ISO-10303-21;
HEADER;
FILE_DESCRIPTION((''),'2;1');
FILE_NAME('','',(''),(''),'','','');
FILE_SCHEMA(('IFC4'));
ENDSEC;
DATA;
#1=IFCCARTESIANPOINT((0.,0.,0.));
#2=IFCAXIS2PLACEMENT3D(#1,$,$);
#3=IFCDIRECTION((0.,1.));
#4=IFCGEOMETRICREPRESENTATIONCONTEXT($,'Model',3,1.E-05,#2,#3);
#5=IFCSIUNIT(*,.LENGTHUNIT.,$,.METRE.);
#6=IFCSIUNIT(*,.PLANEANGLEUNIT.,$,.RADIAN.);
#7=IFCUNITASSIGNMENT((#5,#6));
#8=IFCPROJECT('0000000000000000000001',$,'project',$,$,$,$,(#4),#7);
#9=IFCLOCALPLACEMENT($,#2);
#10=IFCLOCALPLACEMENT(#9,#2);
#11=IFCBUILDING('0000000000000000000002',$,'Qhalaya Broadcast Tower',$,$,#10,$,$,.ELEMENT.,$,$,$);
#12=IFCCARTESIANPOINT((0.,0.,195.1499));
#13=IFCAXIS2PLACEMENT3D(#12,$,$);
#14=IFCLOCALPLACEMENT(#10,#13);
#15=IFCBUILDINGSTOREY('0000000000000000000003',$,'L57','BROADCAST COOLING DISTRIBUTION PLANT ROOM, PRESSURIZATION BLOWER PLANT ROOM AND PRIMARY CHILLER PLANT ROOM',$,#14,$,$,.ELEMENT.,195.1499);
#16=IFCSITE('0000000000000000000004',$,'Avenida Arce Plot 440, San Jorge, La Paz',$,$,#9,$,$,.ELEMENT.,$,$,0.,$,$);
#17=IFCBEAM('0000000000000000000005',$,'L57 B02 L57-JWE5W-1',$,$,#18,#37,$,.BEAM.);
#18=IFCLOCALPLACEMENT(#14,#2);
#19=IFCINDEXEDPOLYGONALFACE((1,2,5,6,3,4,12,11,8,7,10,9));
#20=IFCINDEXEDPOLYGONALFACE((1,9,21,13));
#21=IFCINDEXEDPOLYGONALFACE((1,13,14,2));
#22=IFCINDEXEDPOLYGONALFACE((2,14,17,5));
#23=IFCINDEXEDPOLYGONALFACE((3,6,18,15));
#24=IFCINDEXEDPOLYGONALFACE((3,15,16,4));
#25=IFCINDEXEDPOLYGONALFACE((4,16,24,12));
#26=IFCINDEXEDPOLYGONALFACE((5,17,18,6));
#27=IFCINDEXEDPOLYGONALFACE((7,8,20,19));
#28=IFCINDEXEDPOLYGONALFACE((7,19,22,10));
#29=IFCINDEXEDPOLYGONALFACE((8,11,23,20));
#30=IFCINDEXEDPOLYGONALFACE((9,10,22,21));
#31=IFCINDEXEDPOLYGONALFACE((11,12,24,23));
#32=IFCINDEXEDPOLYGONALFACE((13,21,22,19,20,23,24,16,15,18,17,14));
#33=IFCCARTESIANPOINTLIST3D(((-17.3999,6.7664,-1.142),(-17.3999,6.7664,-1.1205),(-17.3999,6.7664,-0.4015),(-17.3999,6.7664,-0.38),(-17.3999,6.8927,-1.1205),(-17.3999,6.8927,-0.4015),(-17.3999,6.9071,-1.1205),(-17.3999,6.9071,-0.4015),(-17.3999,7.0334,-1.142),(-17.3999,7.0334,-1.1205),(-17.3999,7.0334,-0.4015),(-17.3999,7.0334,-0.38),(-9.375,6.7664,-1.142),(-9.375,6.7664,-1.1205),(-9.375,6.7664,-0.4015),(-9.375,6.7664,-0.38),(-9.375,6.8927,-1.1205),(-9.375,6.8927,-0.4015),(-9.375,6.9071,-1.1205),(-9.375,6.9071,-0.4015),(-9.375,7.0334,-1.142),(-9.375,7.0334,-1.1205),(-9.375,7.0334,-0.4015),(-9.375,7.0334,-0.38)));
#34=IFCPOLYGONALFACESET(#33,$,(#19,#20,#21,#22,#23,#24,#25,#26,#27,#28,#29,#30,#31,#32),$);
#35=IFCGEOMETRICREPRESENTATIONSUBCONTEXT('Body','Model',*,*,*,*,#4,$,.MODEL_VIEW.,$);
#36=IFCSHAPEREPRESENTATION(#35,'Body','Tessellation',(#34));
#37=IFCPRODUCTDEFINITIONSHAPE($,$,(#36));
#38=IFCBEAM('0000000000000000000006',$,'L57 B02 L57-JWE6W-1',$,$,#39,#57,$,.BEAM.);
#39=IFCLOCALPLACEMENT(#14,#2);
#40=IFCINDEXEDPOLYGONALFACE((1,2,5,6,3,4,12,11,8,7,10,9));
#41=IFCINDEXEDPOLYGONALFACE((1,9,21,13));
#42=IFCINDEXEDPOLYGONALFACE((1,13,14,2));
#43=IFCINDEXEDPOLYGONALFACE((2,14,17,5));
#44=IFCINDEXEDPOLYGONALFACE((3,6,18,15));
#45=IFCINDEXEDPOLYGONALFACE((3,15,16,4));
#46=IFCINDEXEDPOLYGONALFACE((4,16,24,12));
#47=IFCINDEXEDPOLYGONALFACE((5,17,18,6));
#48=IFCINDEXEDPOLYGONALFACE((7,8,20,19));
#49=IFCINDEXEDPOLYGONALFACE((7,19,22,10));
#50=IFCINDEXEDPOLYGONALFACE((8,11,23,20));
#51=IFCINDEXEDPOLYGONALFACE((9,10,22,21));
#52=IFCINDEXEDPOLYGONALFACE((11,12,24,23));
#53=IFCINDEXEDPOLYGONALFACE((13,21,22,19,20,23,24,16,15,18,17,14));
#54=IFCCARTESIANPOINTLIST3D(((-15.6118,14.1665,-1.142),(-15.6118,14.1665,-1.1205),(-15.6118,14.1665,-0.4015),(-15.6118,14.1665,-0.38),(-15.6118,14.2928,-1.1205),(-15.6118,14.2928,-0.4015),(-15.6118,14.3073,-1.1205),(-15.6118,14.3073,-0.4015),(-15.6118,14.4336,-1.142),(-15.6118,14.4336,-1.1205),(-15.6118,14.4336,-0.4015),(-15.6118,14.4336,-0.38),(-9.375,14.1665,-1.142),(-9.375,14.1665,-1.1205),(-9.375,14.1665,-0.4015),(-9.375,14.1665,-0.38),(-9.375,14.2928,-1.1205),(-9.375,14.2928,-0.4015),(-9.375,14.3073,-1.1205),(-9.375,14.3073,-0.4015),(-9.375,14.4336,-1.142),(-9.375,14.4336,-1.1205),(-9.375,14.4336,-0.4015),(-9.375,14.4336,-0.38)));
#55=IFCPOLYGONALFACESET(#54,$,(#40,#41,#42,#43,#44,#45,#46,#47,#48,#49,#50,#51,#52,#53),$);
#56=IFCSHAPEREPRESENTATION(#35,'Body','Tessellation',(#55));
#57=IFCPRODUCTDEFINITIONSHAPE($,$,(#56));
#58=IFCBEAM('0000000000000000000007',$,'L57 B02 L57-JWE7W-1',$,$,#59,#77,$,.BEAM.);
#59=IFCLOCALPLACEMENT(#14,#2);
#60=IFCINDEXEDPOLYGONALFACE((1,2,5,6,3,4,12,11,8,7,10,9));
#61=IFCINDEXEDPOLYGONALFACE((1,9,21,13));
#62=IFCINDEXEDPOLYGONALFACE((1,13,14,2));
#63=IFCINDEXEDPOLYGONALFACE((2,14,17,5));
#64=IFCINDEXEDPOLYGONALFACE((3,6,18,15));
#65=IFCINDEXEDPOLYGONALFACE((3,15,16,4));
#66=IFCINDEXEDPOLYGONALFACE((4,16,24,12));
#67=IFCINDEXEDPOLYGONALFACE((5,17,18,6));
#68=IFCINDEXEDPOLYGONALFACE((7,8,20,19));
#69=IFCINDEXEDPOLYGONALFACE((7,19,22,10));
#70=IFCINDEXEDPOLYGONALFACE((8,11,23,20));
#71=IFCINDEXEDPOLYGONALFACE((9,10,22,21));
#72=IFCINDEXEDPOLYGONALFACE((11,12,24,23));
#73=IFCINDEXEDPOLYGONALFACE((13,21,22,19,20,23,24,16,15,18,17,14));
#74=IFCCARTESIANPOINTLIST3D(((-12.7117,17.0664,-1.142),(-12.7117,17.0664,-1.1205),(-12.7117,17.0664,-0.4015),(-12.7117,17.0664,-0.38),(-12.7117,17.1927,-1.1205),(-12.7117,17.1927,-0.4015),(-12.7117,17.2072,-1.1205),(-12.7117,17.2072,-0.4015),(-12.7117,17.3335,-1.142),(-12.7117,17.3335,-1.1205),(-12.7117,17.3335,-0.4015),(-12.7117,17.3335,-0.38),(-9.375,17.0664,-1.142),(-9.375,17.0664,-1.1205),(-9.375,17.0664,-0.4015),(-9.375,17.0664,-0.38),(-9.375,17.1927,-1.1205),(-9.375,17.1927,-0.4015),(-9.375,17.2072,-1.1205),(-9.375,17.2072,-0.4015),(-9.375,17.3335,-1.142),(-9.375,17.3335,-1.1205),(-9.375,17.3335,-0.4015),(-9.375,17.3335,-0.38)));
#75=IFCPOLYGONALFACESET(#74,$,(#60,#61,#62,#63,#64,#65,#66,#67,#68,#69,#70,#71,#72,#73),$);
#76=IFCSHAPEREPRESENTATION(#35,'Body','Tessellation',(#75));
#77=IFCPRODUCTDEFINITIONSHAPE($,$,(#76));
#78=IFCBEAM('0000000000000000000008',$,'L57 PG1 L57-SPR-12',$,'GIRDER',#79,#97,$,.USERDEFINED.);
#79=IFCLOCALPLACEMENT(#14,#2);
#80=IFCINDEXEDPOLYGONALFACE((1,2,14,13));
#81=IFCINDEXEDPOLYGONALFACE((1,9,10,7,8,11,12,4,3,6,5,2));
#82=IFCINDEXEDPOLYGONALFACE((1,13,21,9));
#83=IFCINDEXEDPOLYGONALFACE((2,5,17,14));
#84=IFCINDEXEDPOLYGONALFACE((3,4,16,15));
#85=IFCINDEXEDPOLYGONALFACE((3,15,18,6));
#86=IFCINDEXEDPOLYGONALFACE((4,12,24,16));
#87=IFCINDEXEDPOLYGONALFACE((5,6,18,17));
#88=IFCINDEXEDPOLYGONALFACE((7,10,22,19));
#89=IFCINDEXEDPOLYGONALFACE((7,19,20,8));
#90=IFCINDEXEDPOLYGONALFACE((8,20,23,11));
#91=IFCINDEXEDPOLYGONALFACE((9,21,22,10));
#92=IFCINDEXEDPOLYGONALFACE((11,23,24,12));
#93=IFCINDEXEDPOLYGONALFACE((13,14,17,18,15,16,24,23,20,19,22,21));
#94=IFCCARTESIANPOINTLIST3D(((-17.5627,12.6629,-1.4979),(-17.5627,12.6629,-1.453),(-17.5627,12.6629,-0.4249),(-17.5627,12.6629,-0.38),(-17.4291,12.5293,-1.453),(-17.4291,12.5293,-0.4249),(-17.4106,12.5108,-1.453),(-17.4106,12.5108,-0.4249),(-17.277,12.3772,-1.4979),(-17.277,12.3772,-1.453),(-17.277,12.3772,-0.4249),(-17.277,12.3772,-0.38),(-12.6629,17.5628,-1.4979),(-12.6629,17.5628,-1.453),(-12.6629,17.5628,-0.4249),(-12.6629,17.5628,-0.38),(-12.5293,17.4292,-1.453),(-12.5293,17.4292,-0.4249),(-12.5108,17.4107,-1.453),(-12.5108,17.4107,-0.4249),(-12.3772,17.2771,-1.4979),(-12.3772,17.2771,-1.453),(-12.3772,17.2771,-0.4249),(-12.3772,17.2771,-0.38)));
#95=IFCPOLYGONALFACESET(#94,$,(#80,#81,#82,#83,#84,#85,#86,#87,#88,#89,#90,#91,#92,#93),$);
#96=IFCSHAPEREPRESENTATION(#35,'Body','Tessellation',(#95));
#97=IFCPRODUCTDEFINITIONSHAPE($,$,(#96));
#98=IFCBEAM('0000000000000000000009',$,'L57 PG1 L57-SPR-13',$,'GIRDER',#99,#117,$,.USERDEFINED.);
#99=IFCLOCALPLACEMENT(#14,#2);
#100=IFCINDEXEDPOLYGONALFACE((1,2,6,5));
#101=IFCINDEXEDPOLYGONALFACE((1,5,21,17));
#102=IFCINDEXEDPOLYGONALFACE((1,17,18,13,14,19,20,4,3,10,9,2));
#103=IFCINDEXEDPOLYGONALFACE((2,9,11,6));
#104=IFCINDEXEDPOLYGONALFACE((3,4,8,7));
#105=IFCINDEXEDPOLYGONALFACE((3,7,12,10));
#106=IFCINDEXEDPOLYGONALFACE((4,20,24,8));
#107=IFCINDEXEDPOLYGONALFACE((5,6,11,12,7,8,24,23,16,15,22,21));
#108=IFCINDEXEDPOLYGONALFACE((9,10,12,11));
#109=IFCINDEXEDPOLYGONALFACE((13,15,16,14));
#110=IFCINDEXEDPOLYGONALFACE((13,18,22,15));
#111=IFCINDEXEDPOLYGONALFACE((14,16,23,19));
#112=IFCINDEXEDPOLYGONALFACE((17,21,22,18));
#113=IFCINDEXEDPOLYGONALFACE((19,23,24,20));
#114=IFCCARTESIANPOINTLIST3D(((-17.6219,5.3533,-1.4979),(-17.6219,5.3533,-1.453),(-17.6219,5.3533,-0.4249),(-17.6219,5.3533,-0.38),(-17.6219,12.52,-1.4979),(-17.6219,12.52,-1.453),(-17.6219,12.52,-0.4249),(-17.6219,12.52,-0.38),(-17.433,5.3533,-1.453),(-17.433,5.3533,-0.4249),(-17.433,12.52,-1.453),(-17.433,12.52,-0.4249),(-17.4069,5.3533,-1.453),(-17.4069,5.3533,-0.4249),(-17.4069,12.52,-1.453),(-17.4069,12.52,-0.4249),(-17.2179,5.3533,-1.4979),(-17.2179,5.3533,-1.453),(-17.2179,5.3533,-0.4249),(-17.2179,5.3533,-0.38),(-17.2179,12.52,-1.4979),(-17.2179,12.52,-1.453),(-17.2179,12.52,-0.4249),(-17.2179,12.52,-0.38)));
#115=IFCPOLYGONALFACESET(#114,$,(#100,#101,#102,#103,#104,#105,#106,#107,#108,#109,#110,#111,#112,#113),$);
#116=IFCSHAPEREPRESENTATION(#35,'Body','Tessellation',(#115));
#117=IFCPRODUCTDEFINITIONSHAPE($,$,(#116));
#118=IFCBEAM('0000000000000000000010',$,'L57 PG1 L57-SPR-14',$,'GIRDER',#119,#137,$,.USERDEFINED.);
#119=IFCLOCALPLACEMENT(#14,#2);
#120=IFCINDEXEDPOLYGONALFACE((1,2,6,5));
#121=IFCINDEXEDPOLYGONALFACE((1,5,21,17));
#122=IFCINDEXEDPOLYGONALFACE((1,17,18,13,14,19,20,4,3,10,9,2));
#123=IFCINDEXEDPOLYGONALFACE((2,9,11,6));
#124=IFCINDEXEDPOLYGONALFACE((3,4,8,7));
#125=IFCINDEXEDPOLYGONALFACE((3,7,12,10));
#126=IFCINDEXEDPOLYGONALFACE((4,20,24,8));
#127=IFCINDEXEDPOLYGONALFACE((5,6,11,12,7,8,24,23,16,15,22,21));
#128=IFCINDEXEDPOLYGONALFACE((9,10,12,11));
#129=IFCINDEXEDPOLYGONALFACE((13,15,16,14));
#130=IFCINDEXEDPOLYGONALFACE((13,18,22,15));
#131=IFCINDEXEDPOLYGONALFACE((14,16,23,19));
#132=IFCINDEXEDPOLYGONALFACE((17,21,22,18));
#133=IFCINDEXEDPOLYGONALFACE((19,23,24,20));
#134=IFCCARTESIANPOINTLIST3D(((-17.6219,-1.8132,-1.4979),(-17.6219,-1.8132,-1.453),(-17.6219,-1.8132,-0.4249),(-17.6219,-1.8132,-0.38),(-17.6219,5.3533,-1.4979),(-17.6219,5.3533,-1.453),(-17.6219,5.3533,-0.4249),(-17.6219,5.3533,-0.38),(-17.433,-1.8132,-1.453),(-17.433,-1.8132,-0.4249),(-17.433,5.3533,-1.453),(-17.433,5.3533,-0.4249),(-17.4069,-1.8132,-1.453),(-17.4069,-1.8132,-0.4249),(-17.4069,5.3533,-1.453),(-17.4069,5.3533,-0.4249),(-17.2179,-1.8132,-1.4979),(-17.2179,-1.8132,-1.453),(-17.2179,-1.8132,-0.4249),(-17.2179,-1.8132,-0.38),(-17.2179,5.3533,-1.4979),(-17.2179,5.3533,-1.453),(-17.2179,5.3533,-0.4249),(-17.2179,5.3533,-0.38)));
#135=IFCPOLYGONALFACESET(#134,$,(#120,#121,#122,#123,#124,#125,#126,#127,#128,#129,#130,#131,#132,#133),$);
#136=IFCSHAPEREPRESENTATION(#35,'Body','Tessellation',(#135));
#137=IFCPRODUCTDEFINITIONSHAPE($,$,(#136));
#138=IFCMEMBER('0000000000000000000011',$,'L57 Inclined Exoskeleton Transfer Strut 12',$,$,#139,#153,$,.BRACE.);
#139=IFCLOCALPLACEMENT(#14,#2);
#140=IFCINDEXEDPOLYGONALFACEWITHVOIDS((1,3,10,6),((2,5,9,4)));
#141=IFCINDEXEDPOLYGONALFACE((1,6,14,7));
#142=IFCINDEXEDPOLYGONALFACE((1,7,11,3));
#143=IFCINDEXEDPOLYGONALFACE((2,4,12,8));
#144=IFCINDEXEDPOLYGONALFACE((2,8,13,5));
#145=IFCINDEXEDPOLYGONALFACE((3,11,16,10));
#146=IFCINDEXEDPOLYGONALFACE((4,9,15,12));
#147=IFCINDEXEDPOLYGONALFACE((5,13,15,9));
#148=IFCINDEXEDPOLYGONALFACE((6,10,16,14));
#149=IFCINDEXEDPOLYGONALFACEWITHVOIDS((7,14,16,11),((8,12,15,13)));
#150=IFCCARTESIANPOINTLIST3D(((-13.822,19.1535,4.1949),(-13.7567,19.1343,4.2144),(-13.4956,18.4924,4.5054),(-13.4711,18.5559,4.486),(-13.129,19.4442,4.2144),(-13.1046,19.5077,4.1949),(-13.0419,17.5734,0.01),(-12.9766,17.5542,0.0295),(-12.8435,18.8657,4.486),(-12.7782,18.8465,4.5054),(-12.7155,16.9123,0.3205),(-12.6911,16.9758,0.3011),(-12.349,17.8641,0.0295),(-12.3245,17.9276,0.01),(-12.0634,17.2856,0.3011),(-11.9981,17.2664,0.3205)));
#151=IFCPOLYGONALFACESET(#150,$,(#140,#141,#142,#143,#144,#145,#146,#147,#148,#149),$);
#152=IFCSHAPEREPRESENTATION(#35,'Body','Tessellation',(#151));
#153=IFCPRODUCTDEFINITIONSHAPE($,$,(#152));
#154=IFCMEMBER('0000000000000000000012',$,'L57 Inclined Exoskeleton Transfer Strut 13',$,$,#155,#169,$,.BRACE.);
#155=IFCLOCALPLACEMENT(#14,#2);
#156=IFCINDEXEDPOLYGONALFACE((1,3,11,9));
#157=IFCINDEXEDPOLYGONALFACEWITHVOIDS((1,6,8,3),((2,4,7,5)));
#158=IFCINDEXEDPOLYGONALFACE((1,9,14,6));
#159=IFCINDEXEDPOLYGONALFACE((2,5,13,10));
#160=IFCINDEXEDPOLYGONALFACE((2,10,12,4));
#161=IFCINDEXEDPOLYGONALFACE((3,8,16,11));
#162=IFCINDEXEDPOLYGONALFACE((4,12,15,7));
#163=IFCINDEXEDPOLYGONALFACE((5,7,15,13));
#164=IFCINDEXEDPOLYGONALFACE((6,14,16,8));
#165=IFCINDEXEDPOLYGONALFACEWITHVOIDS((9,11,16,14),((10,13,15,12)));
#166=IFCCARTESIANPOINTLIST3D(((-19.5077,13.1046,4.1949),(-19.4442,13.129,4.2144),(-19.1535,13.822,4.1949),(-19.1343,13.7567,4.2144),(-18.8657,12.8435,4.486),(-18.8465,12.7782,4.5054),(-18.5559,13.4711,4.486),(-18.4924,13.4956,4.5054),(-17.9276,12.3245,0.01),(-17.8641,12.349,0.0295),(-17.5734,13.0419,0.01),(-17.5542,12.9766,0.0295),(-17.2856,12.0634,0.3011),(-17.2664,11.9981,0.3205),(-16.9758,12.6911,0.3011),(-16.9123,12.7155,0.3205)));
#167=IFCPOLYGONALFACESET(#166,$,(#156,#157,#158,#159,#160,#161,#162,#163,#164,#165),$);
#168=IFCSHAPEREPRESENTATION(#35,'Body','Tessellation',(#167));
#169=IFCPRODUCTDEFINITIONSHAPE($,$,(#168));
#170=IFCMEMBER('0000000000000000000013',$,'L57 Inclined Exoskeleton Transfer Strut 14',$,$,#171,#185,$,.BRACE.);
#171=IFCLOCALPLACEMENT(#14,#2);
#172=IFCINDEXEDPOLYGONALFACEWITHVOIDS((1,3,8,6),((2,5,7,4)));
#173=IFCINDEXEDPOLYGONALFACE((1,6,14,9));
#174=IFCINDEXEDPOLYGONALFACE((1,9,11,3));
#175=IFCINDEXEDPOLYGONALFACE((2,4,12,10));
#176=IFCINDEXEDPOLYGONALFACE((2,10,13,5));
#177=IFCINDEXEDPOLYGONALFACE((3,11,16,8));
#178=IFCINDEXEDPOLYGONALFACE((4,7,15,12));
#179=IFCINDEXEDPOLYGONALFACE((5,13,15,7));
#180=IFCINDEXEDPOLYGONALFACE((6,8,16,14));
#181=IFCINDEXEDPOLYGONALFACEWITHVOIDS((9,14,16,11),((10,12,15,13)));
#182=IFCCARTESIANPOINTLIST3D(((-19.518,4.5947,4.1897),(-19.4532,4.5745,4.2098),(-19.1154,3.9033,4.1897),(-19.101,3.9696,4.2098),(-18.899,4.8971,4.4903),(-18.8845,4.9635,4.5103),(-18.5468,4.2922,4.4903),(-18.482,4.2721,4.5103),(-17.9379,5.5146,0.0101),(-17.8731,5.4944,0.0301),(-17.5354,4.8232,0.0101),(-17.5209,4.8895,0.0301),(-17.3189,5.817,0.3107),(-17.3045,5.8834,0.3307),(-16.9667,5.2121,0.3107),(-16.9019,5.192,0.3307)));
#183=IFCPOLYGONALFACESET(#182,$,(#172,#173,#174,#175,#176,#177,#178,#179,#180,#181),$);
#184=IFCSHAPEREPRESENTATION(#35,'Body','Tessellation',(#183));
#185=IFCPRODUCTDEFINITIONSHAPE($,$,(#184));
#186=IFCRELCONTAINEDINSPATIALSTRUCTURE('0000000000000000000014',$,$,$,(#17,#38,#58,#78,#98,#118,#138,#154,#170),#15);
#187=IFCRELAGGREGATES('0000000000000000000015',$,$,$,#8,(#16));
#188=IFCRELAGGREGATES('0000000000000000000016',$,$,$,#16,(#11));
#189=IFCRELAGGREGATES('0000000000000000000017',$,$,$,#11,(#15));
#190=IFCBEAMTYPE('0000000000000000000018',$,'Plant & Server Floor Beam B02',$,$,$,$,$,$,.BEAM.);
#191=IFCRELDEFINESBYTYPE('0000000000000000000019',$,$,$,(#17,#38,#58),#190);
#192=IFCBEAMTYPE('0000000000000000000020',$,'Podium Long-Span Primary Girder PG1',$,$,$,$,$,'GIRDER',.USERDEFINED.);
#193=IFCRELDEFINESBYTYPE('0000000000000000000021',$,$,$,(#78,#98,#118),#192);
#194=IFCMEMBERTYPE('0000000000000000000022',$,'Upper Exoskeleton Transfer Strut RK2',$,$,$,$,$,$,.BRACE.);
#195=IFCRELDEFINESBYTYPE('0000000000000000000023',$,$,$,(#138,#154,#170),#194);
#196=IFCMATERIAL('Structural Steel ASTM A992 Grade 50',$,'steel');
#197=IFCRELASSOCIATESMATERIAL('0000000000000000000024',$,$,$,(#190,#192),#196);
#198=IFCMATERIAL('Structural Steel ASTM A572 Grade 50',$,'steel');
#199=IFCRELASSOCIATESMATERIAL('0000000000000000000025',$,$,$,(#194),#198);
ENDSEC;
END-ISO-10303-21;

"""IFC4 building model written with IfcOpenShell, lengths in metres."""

from ifc_helpers import new_model, si_unit, direction, frame, origin, origin_2d, place, context, subcontext, project, spatial, hollow_rectangle, i_section, extrude, material, material_profile, profile_set, type_object, element, save


model = new_model("IFC4")

# Units and contexts
model_context = context("Model", 3, precision=1e-05, world=origin(), true_north=direction((0.0, 1.0)))
body_context = subcontext(model_context, "Body", "Model", "MODEL_VIEW")
ifc_project = project(units=[si_unit("LENGTHUNIT", "METRE"), si_unit("PLANEANGLEUNIT", "RADIAN")], contexts=[model_context])

# Site, building, storey
site_placement = place(None, origin())
site = spatial("IfcSite", under=ifc_project, at=site_placement, Name="Avenida Arce Plot 440, San Jorge, La Paz", CompositionType="ELEMENT", RefElevation=0.0)
building_placement = place(site_placement, origin())
building = spatial("IfcBuilding", under=site, at=building_placement, Name="Qhalaya Broadcast Tower", CompositionType="ELEMENT")
storey_placement = place(building_placement, frame((0.0, 0.0, 195.1499)))
storey = spatial("IfcBuildingStorey", under=building, at=storey_placement, Name="L57", Description="BROADCAST COOLING DISTRIBUTION PLANT ROOM, PRESSURIZATION BLOWER PLANT ROOM AND PRIMARY CHILLER PLANT ROOM", CompositionType="ELEMENT", Elevation=195.1499)

# Shared definitions
ifc_material_1 = material(Name="Structural Steel ASTM A572 Grade 50", Category="steel")

# Beams
ifc_material_2 = material(Name="Structural Steel ASTM A992 Grade 50", Category="steel")
ifc_material_profile_1 = material_profile(ifc_material_2, i_section(OverallWidth=0.2671, OverallDepth=0.762, WebThickness=0.0144, FlangeThickness=0.0215, at=origin_2d()), Name="W30X116")
ifc_profile_set_1 = profile_set([ifc_material_profile_1], Name="Structural Steel ASTM A992 Grade 50")
beam_type_1 = type_object("IfcBeamType", Name="Plant & Server Floor Beam B02", PredefinedType="BEAM", material=ifc_profile_set_1)
for number, where, z_axis, x_axis, name in (
    (1, (-17.3999, 6.8999, -0.761), (1.0, 0.0, 0.0), (0.0, 1.0, 0.0), "L57 B02 L57-JWE5W-1"),
):
    element("IfcBeam", number, at=place(storey_placement, frame(where, z_axis=z_axis, x_axis=x_axis)), inside=storey, type_object=beam_type_1, Name=name, PredefinedType="BEAM", context=body_context, shape_type="SweptSolid", body=[
        extrude(i_section(OverallWidth=0.2671, OverallDepth=0.762, WebThickness=0.0144, FlangeThickness=0.0215, at=origin_2d()), origin(), (0.0, 0.0, 1.0), 8.0249),
    ])
beam_1_placement = place(storey_placement, frame((-15.6118, 14.3, -0.761), z_axis=(1.0, 0.0, 0.0), x_axis=(0.0, 1.0, 0.0)))
element("IfcBeam", 2, at=beam_1_placement, inside=storey, type_object=beam_type_1, Name="L57 B02 L57-JWE6W-1", PredefinedType="BEAM", context=body_context, shape_type="SweptSolid", body=[
    extrude(i_section(OverallWidth=0.2671, OverallDepth=0.762, WebThickness=0.0144, FlangeThickness=0.0215, at=origin_2d()), origin(), (0.0, 0.0, 1.0), 6.2368),
])
beam_2_placement = place(storey_placement, frame((-12.7117, 17.2, -0.761), z_axis=(1.0, 0.0, 0.0), x_axis=(0.0, 1.0, 0.0)))
element("IfcBeam", 3, at=beam_2_placement, inside=storey, type_object=beam_type_1, Name="L57 B02 L57-JWE7W-1", PredefinedType="BEAM", context=body_context, shape_type="SweptSolid", body=[
    extrude(i_section(OverallWidth=0.2671, OverallDepth=0.762, WebThickness=0.0144, FlangeThickness=0.0215, at=origin_2d()), origin(), (0.0, 0.0, 1.0), 3.3367),
])
ifc_material_profile_2 = material_profile(ifc_material_2, i_section(OverallWidth=0.4041, OverallDepth=1.1179, WebThickness=0.0261, FlangeThickness=0.0449, at=origin_2d()), Name="W44X335")
ifc_profile_set_2 = profile_set([ifc_material_profile_2], Name="Structural Steel ASTM A992 Grade 50")
beam_type_2 = type_object("IfcBeamType", Name="Podium Long-Span Primary Girder PG1", ElementType="GIRDER", PredefinedType="USERDEFINED", material=ifc_profile_set_2)
beam_3_placement = place(storey_placement, frame((-12.52, 17.4199, -0.939), z_axis=(-0.707107, -0.707107, 0.0), x_axis=(0.707107, -0.707107, 0.0)))
element("IfcBeam", 4, at=beam_3_placement, inside=storey, type_object=beam_type_2, Name="L57 PG1 L57-SPR-12", ObjectType="GIRDER", PredefinedType="USERDEFINED", context=body_context, shape_type="SweptSolid", body=[
    extrude(i_section(OverallWidth=0.4041, OverallDepth=1.1179, WebThickness=0.0261, FlangeThickness=0.0449, at=origin_2d()), origin(), (0.0, 0.0, 1.0), 6.9294),
])
beam_4_placement = place(storey_placement, frame((-17.4199, 12.52, -0.939), z_axis=(0.0, -1.0, 0.0), x_axis=(1.0, 0.0, 0.0)))
element("IfcBeam", 5, at=beam_4_placement, inside=storey, type_object=beam_type_2, Name="L57 PG1 L57-SPR-13", ObjectType="GIRDER", PredefinedType="USERDEFINED", context=body_context, shape_type="SweptSolid", body=[
    extrude(i_section(OverallWidth=0.4041, OverallDepth=1.1179, WebThickness=0.0261, FlangeThickness=0.0449, at=origin_2d()), origin(), (0.0, 0.0, 1.0), 7.1667),
])
beam_5_placement = place(storey_placement, frame((-17.4199, 5.3533, -0.939), z_axis=(0.0, -1.0, 0.0), x_axis=(1.0, 0.0, 0.0)))
element("IfcBeam", 6, at=beam_5_placement, inside=storey, type_object=beam_type_2, Name="L57 PG1 L57-SPR-14", ObjectType="GIRDER", PredefinedType="USERDEFINED", context=body_context, shape_type="SweptSolid", body=[
    extrude(i_section(OverallWidth=0.4041, OverallDepth=1.1179, WebThickness=0.0261, FlangeThickness=0.0449, at=origin_2d()), origin(), (0.0, 0.0, 1.0), 7.1665),
])

# Members
ifc_material_profile_3 = material_profile(ifc_material_1, hollow_rectangle(XDim=0.8, YDim=0.8, WallThickness=0.05, at=origin_2d()), Name="BOX 800x800x50")
ifc_profile_set_3 = profile_set([ifc_material_profile_3], Name="Structural Steel ASTM A572 Grade 50")
member_type_1 = type_object("IfcMemberType", Name="Upper Exoskeleton Transfer Strut RK2", PredefinedType="BRACE", material=ifc_profile_set_3)
for number, where, z_axis, x_axis, name in (
    (7, (-12.52, 17.4199, 0.1653), (-0.171787, 0.347983, 0.921627), (-0.896688, -0.442663, 0.0), "L57 Inclined Exoskeleton Transfer Strut 12"),
    (8, (-17.4199, 12.52, 0.1653), (-0.347983, 0.171787, 0.921627), (-0.442663, -0.896688, 0.0), "L57 Inclined Exoskeleton Transfer Strut 13"),
):
    element("IfcMember", number, at=place(storey_placement, frame(where, z_axis=z_axis, x_axis=x_axis)), inside=storey, type_object=member_type_1, Name=name, PredefinedType="BRACE", context=body_context, shape_type="SweptSolid", body=[
        extrude(hollow_rectangle(XDim=0.8, YDim=0.8, WallThickness=0.05, at=origin_2d()), origin(), (0.0, 0.0, 1.0), 4.5408),
    ])
member_1_placement = place(storey_placement, frame((-17.4199, 5.3533, 0.1704), z_axis=(-0.346349, -0.201645, 0.916178), x_axis=(0.50314, -0.864205, 0.0)))
element("IfcMember", 9, at=member_1_placement, inside=storey, type_object=member_type_1, Name="L57 Inclined Exoskeleton Transfer Strut 14", PredefinedType="BRACE", context=body_context, shape_type="SweptSolid", body=[
    extrude(hollow_rectangle(XDim=0.8, YDim=0.8, WallThickness=0.05, at=origin_2d()), origin(), (0.0, 0.0, 1.0), 4.562),
])

save(model, "model.ifc")
